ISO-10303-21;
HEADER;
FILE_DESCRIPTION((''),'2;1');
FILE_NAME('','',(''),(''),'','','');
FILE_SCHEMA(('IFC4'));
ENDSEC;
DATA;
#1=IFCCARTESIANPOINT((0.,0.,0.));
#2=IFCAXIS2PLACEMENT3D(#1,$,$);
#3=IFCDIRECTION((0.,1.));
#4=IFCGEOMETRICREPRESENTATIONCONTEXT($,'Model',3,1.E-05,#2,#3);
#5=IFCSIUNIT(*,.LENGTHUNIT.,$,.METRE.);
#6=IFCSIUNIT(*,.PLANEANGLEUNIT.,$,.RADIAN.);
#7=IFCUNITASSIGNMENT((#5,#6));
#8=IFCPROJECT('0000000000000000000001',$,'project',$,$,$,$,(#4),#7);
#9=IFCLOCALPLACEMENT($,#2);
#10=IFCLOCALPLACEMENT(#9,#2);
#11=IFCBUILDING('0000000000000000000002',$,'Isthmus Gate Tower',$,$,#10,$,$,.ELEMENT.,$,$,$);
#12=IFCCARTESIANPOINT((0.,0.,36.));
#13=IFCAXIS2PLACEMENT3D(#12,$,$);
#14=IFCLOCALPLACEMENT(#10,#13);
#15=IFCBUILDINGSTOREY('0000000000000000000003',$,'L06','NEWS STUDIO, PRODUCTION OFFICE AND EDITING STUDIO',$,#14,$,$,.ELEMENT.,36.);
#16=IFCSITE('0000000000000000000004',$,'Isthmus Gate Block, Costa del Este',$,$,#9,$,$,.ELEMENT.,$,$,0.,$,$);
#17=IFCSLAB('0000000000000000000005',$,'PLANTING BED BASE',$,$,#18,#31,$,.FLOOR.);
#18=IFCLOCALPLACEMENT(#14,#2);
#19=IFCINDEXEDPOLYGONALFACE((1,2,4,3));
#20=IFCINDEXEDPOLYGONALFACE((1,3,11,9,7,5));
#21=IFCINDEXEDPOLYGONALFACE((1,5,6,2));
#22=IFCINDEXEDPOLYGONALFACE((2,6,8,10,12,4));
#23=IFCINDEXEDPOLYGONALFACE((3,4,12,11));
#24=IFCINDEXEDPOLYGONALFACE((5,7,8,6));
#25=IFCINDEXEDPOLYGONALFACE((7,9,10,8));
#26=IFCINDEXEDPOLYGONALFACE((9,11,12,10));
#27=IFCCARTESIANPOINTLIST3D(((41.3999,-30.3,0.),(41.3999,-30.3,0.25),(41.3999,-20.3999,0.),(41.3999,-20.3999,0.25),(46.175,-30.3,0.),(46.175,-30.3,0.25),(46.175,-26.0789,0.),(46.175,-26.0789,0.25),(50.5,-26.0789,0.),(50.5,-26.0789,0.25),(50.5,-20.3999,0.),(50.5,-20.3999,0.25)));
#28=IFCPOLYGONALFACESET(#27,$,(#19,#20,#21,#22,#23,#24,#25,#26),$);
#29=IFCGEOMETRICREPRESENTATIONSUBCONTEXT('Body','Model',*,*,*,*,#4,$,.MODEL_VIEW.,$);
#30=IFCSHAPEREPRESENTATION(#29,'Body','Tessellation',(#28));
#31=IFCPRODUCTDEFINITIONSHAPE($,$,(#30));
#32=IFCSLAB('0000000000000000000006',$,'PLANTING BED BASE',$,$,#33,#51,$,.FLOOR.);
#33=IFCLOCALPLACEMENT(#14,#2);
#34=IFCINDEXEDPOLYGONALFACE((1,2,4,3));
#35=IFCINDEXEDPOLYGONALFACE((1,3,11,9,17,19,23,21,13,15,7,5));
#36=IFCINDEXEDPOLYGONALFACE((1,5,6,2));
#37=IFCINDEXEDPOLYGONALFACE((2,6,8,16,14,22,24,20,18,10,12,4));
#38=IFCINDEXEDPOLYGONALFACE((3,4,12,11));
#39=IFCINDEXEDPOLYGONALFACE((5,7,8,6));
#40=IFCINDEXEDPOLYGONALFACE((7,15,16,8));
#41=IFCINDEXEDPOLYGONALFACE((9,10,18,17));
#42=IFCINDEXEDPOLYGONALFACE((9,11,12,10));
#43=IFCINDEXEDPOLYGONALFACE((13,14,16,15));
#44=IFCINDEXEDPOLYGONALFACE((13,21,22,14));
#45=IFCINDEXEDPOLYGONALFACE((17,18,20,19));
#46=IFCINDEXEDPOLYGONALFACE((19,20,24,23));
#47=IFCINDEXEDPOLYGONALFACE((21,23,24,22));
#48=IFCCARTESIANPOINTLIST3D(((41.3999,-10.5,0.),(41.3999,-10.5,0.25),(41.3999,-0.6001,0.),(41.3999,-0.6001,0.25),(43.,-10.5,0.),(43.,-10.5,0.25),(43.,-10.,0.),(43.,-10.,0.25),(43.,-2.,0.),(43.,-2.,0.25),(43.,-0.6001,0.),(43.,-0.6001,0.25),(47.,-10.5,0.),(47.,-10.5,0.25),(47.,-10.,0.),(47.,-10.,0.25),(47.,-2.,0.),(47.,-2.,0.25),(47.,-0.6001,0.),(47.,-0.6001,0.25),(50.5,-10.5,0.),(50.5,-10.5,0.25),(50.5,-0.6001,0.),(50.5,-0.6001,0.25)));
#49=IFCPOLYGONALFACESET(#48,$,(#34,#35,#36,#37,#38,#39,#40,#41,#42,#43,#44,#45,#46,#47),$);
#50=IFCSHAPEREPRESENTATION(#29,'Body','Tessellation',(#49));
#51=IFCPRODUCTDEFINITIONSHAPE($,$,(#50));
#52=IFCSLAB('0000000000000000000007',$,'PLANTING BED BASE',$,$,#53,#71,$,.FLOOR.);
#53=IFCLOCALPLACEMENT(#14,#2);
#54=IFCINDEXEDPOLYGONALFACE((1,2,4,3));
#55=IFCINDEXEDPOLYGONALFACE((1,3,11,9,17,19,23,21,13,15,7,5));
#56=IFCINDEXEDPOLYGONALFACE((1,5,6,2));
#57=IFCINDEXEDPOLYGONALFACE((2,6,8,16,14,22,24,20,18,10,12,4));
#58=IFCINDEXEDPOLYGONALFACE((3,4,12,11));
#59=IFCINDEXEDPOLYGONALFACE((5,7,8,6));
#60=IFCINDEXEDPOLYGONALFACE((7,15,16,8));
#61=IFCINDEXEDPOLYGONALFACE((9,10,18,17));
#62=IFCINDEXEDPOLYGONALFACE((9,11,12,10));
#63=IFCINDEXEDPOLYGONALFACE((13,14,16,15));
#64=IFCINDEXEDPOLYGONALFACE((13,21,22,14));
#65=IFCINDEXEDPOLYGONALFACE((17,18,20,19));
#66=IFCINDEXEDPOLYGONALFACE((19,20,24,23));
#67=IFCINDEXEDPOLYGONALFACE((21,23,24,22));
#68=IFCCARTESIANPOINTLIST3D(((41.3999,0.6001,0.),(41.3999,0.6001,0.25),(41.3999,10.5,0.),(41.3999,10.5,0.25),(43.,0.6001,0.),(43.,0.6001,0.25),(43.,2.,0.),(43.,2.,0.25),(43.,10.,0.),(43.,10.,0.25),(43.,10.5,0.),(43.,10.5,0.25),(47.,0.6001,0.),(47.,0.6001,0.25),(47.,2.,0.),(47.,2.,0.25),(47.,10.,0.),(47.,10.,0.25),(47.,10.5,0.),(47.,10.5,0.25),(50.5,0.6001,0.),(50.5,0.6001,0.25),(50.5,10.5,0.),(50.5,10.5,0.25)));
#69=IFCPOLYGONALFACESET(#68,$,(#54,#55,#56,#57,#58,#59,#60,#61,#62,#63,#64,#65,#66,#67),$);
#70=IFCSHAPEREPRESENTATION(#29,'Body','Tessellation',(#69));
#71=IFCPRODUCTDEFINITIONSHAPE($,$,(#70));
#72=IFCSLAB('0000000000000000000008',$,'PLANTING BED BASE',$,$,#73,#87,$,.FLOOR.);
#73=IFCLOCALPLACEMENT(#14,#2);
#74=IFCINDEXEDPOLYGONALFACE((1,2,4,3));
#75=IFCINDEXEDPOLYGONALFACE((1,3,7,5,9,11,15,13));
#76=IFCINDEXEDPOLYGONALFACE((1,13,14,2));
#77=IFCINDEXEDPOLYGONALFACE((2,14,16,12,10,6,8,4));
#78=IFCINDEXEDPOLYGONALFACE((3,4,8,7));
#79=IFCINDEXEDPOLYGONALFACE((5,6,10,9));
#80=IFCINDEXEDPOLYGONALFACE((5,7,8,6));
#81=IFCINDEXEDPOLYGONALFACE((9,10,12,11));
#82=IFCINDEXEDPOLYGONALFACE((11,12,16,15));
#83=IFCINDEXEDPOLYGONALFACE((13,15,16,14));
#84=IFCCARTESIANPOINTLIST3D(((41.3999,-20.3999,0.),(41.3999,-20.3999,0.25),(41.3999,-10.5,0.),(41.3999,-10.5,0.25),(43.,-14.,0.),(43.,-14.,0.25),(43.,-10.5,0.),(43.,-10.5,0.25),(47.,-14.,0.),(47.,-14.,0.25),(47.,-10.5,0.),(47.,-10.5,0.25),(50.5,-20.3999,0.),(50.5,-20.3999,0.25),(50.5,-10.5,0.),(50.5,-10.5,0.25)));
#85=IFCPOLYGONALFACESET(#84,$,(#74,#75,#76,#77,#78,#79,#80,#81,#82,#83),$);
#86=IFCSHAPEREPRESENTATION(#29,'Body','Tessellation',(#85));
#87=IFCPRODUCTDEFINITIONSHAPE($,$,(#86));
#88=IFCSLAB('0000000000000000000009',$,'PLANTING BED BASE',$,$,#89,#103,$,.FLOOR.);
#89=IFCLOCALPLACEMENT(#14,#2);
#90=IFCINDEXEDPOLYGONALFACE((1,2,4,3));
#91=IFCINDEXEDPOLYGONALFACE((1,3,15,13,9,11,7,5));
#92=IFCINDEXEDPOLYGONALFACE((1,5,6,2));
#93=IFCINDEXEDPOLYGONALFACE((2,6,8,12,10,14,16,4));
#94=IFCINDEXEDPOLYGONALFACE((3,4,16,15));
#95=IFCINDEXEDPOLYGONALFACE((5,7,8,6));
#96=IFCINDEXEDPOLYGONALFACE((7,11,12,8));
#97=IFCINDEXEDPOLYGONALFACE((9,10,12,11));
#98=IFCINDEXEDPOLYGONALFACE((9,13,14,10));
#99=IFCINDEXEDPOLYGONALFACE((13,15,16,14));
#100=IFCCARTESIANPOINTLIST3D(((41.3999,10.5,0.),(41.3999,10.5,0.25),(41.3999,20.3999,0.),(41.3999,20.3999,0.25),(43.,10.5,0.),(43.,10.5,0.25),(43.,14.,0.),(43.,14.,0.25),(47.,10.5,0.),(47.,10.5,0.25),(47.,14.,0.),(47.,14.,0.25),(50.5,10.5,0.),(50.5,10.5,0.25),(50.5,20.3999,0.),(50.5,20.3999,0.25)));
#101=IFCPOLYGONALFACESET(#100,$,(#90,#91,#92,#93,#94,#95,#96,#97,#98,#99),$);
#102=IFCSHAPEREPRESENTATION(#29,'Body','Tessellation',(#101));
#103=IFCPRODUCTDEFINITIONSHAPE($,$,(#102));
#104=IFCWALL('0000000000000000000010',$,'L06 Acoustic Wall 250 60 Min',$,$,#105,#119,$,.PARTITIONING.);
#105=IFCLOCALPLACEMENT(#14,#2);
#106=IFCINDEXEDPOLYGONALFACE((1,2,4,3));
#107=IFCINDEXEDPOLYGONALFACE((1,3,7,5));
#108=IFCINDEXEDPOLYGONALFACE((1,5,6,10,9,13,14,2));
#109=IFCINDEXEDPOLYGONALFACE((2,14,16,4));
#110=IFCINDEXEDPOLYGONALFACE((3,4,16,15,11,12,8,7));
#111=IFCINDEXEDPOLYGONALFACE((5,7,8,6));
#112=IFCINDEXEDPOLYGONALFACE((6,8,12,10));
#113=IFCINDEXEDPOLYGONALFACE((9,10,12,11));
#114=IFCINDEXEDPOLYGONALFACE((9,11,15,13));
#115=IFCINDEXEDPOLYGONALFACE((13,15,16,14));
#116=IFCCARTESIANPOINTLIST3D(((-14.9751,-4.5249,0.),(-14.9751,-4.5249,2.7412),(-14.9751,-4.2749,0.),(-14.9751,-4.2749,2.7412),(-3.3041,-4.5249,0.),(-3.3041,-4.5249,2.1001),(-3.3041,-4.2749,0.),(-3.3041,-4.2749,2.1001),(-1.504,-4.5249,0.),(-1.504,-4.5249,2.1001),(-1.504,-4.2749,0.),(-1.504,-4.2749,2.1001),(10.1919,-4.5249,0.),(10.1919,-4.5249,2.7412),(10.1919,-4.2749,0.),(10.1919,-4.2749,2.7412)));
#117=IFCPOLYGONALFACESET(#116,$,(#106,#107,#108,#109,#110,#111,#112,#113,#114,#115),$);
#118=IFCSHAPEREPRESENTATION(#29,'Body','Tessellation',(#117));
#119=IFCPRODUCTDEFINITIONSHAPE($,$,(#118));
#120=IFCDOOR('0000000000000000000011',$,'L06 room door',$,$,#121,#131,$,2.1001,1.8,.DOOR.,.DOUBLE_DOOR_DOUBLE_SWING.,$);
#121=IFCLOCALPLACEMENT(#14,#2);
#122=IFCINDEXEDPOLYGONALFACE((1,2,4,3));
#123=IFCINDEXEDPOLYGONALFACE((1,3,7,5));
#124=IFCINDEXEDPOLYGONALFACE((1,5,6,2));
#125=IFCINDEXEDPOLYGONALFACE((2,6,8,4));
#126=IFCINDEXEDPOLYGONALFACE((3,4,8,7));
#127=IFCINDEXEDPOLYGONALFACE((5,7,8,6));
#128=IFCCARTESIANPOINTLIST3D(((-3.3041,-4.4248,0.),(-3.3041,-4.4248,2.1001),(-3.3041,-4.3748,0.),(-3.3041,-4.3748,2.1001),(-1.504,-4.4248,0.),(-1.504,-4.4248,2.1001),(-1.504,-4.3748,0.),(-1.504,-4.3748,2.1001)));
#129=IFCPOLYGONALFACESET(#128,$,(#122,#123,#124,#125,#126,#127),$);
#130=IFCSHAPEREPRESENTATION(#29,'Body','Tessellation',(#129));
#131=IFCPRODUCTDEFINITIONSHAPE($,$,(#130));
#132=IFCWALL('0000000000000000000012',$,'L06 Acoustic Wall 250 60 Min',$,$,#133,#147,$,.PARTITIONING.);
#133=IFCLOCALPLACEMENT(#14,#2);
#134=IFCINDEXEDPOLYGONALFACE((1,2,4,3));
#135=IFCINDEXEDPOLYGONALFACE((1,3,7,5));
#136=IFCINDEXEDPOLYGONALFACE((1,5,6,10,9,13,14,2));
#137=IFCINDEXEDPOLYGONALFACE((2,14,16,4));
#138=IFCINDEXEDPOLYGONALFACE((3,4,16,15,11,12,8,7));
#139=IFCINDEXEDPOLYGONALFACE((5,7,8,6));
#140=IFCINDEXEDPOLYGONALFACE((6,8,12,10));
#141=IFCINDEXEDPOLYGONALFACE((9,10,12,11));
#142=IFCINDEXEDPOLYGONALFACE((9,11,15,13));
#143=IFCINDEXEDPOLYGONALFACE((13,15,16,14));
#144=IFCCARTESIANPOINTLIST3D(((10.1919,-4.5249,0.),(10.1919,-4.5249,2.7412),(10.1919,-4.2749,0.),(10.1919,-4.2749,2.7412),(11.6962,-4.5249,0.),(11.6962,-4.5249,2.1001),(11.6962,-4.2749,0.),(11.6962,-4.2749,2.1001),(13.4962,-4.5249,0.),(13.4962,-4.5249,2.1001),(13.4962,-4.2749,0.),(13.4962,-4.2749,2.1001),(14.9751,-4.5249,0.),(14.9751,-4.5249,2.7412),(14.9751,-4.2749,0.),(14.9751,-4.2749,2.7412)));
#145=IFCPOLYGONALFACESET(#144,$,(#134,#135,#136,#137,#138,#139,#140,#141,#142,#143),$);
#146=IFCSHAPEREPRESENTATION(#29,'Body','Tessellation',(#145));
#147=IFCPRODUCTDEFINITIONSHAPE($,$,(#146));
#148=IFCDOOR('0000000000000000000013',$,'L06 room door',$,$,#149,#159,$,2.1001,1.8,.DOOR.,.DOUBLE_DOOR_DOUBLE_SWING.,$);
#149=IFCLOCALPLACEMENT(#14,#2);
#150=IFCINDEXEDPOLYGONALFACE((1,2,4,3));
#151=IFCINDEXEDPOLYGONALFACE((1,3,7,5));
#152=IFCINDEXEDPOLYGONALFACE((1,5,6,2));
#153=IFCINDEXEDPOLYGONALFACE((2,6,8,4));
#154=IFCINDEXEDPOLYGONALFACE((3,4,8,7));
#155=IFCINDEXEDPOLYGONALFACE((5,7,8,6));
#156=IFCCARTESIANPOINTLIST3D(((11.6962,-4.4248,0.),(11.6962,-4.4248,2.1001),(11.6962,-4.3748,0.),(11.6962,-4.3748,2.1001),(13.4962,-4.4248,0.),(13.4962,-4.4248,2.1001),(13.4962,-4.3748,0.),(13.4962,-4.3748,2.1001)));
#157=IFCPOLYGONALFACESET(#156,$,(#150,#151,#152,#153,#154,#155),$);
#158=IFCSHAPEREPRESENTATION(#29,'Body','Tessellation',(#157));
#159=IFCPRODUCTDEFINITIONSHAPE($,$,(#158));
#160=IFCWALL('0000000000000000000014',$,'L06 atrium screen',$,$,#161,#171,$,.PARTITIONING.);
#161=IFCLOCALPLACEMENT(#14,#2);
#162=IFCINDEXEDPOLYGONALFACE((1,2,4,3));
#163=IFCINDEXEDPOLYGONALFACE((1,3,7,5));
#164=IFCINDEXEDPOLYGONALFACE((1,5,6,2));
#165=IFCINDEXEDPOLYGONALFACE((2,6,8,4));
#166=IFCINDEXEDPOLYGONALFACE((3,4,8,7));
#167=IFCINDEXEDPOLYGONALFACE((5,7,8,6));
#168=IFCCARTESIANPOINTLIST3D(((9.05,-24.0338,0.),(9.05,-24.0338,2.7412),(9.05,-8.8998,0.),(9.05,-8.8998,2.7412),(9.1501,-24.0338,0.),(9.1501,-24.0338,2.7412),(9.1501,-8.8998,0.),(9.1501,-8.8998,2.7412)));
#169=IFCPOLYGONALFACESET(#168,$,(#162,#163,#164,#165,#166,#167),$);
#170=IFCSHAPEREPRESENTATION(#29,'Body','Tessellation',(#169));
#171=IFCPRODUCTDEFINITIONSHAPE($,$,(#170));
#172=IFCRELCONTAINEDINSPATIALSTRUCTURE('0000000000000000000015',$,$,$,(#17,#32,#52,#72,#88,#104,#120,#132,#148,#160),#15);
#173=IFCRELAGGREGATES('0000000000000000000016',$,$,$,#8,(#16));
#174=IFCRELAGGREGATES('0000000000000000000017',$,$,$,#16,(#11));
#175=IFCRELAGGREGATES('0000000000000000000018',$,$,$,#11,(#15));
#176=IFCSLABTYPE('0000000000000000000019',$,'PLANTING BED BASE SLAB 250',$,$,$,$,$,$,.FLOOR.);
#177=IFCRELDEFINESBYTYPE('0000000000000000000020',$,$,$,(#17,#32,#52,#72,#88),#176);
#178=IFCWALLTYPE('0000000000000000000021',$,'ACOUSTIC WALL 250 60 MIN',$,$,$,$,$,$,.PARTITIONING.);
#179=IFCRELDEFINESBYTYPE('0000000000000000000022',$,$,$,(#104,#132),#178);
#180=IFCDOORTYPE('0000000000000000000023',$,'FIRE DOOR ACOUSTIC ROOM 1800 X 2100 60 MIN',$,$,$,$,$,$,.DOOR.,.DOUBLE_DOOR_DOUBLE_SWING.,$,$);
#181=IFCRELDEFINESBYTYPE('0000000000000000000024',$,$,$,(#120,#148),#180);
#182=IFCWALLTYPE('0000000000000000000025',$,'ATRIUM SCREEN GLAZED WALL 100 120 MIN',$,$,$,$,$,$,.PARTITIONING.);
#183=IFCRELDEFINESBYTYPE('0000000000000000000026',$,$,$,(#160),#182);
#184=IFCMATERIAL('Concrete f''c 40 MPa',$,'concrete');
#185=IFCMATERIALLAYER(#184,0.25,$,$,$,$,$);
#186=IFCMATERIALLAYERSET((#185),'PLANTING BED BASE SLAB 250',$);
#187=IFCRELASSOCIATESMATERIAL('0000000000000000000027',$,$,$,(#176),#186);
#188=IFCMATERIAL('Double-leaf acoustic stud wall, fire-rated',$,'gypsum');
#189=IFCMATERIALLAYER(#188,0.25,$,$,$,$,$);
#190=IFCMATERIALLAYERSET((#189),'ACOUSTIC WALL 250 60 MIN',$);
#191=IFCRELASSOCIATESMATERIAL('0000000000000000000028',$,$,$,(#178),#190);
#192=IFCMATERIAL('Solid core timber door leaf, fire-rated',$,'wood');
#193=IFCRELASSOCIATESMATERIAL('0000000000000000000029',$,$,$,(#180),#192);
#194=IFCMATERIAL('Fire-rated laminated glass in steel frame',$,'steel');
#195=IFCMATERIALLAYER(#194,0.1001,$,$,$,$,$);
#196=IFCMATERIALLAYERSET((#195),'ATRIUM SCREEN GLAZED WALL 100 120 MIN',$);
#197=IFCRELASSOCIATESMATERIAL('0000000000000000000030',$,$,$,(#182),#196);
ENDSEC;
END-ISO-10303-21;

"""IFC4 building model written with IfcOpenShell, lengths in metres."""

from ifc_helpers import new_model, si_unit, direction, frame, frame_2d, origin, place, context, subcontext, project, spatial, polyline, rectangle, outline, extrude, material, layer, layer_set, type_object, element, fill, save


model = new_model("IFC4")

# Units and contexts
model_context = context("Model", 3, precision=1e-05, world=origin(), true_north=direction((0.0, 1.0)))
body_context = subcontext(model_context, "Body", "Model", "MODEL_VIEW")
ifc_project = project(units=[si_unit("LENGTHUNIT", "METRE"), si_unit("PLANEANGLEUNIT", "RADIAN")], contexts=[model_context])

# Site, building, storey
site_placement = place(None, origin())
site = spatial("IfcSite", under=ifc_project, at=site_placement, Name="Isthmus Gate Block, Costa del Este", CompositionType="ELEMENT", RefElevation=0.0)
building_placement = place(site_placement, origin())
building = spatial("IfcBuilding", under=site, at=building_placement, Name="Isthmus Gate Tower", CompositionType="ELEMENT")
storey_placement = place(building_placement, frame((0.0, 0.0, 36.0)))
storey = spatial("IfcBuildingStorey", under=building, at=storey_placement, Name="L06", Description="NEWS STUDIO, PRODUCTION OFFICE AND EDITING STUDIO", CompositionType="ELEMENT", Elevation=36.0)

# Slabs
ifc_material_1 = material(Name="Concrete f'c 40 MPa", Category="concrete")
ifc_layer_1 = layer(ifc_material_1, 0.25)
ifc_layer_set_1 = layer_set([ifc_layer_1], Name="PLANTING BED BASE SLAB 250")
slab_type_1 = type_object("IfcSlabType", Name="PLANTING BED BASE SLAB 250", PredefinedType="FLOOR", material=ifc_layer_set_1)
slab_1_placement = place(storey_placement, origin())
element("IfcSlab", 1, at=slab_1_placement, inside=storey, type_object=slab_type_1, Name="PLANTING BED BASE", PredefinedType="FLOOR", context=body_context, shape_type="SweptSolid", body=[
    extrude(outline(polyline([(41.3999, -30.3), (46.175, -30.3), (46.175, -26.0789), (50.5, -26.0789), (50.5, -20.3999), (41.3999, -20.3999), (41.3999, -30.3)])), origin(), (0.0, 0.0, 1.0), 0.25),
])
slab_2_placement = place(storey_placement, origin())
element("IfcSlab", 2, at=slab_2_placement, inside=storey, type_object=slab_type_1, Name="PLANTING BED BASE", PredefinedType="FLOOR", context=body_context, shape_type="SweptSolid", body=[
    extrude(outline(polyline([(50.5, -0.6001), (47.0, -0.6001), (47.0, -2.0), (43.0, -2.0), (43.0, -0.6001), (41.3999, -0.6001), (41.3999, -10.5), (43.0, -10.5), (43.0, -10.0), (47.0, -10.0), (47.0, -10.5), (50.5, -10.5), (50.5, -0.6001)])), origin(), (0.0, 0.0, 1.0), 0.25),
])
slab_3_placement = place(storey_placement, origin())
element("IfcSlab", 3, at=slab_3_placement, inside=storey, type_object=slab_type_1, Name="PLANTING BED BASE", PredefinedType="FLOOR", context=body_context, shape_type="SweptSolid", body=[
    extrude(outline(polyline([(50.5, 10.5), (47.0, 10.5), (47.0, 10.0), (43.0, 10.0), (43.0, 10.5), (41.3999, 10.5), (41.3999, 0.6001), (43.0, 0.6001), (43.0, 2.0), (47.0, 2.0), (47.0, 0.6001), (50.5, 0.6001), (50.5, 10.5)])), origin(), (0.0, 0.0, 1.0), 0.25),
])
slab_4_placement = place(storey_placement, origin())
element("IfcSlab", 4, at=slab_4_placement, inside=storey, type_object=slab_type_1, Name="PLANTING BED BASE", PredefinedType="FLOOR", context=body_context, shape_type="SweptSolid", body=[
    extrude(outline(polyline([(50.5, -10.5), (47.0, -10.5), (47.0, -14.0), (43.0, -14.0), (43.0, -10.5), (41.3999, -10.5), (41.3999, -20.3999), (50.5, -20.3999), (50.5, -10.5)])), origin(), (0.0, 0.0, 1.0), 0.25),
])
slab_5_placement = place(storey_placement, origin())
element("IfcSlab", 5, at=slab_5_placement, inside=storey, type_object=slab_type_1, Name="PLANTING BED BASE", PredefinedType="FLOOR", context=body_context, shape_type="SweptSolid", body=[
    extrude(outline(polyline([(41.3999, 10.5), (43.0, 10.5), (43.0, 14.0), (47.0, 14.0), (47.0, 10.5), (50.5, 10.5), (50.5, 20.3999), (41.3999, 20.3999), (41.3999, 10.5)])), origin(), (0.0, 0.0, 1.0), 0.25),
])

# Walls, openings, doors
ifc_material_2 = material(Name="Double-leaf acoustic stud wall, fire-rated", Category="gypsum")
ifc_layer_2 = layer(ifc_material_2, 0.25)
ifc_layer_set_2 = layer_set([ifc_layer_2], Name="ACOUSTIC WALL 250 60 MIN")
wall_type_1 = type_object("IfcWallType", Name="ACOUSTIC WALL 250 60 MIN", PredefinedType="PARTITIONING", material=ifc_layer_set_2)
wall_1_placement = place(storey_placement, frame((10.1919, -4.3999, 0.0), z_axis=(0.0, 0.0, 1.0), x_axis=(-1.0, 0.0, 0.0)))
wall_1 = element("IfcWall", 6, at=wall_1_placement, inside=storey, type_object=wall_type_1, Name="L06 Acoustic Wall 250 60 Min", PredefinedType="PARTITIONING", context=body_context, shape_type="SweptSolid", body=[
    extrude(rectangle(XDim=25.167, YDim=0.25, at=frame_2d((12.5835, 0.0))), origin(), (0.0, 0.0, 1.0), 2.7412),
])
opening_1_placement = place(wall_1_placement, frame((11.696, 0.0, 0.0)))
opening_1 = element("IfcOpeningElement", 7, at=opening_1_placement, cuts=wall_1, PredefinedType="OPENING", context=body_context, shape_type="SweptSolid", body=[
    extrude(rectangle(XDim=1.8, YDim=2.1001, at=frame_2d((0.8999, 1.05))), frame((0.0, 0.135, 0.0), z_axis=(0.0, -1.0, 0.0), x_axis=(1.0, 0.0, 0.0)), (0.0, 0.0, 1.0), 0.27),
])
ifc_material_3 = material(Name="Solid core timber door leaf, fire-rated", Category="wood")
door_type = type_object("IfcDoorType", Name="FIRE DOOR ACOUSTIC ROOM 1800 X 2100 60 MIN", OperationType="DOUBLE_DOOR_DOUBLE_SWING", PredefinedType="DOOR", material=ifc_material_3)
door_1_placement = place(opening_1_placement, origin())
door_1 = element("IfcDoor", 8, at=door_1_placement, inside=storey, type_object=door_type, Name="L06 room door", OperationType="DOUBLE_DOOR_DOUBLE_SWING", OverallHeight=2.1001, OverallWidth=1.8, PredefinedType="DOOR", context=body_context, shape_type="SweptSolid", body=[
    extrude(rectangle(XDim=1.8, YDim=2.1001, at=frame_2d((0.8999, 1.05))), frame((0.0, 0.0249, 0.0), z_axis=(0.0, -1.0, 0.0), x_axis=(1.0, 0.0, 0.0)), (0.0, 0.0, 1.0), 0.05),
])
fill(opening_1, door_1)
wall_2_placement = place(storey_placement, frame((14.9751, -4.3999, 0.0), z_axis=(0.0, 0.0, 1.0), x_axis=(-1.0, 0.0, 0.0)))
wall_2 = element("IfcWall", 9, at=wall_2_placement, inside=storey, type_object=wall_type_1, Name="L06 Acoustic Wall 250 60 Min", PredefinedType="PARTITIONING", context=body_context, shape_type="SweptSolid", body=[
    extrude(rectangle(XDim=4.7832, YDim=0.25, at=frame_2d((2.3916, 0.0))), origin(), (0.0, 0.0, 1.0), 2.7412),
])
opening_2_placement = place(wall_2_placement, frame((1.479, 0.0, 0.0)))
opening_2 = element("IfcOpeningElement", 10, at=opening_2_placement, cuts=wall_2, PredefinedType="OPENING", context=body_context, shape_type="SweptSolid", body=[
    extrude(rectangle(XDim=1.8, YDim=2.1001, at=frame_2d((0.8999, 1.05))), frame((0.0, 0.135, 0.0), z_axis=(0.0, -1.0, 0.0), x_axis=(1.0, 0.0, 0.0)), (0.0, 0.0, 1.0), 0.27),
])
door_2_placement = place(opening_2_placement, origin())
door_2 = element("IfcDoor", 11, at=door_2_placement, inside=storey, type_object=door_type, Name="L06 room door", OperationType="DOUBLE_DOOR_DOUBLE_SWING", OverallHeight=2.1001, OverallWidth=1.8, PredefinedType="DOOR", context=body_context, shape_type="SweptSolid", body=[
    extrude(rectangle(XDim=1.8, YDim=2.1001, at=frame_2d((0.8999, 1.05))), frame((0.0, 0.0249, 0.0), z_axis=(0.0, -1.0, 0.0), x_axis=(1.0, 0.0, 0.0)), (0.0, 0.0, 1.0), 0.05),
])
fill(opening_2, door_2)

# Wall
ifc_material_4 = material(Name="Fire-rated laminated glass in steel frame", Category="steel")
ifc_layer_3 = layer(ifc_material_4, 0.1001)
ifc_layer_set_3 = layer_set([ifc_layer_3], Name="ATRIUM SCREEN GLAZED WALL 100 120 MIN")
wall_type_2 = type_object("IfcWallType", Name="ATRIUM SCREEN GLAZED WALL 100 120 MIN", PredefinedType="PARTITIONING", material=ifc_layer_set_3)
wall_3_placement = place(storey_placement, frame((9.1001, -8.8999, 0.0), z_axis=(0.0, 0.0, 1.0), x_axis=(0.0, -1.0, 0.0)))
element("IfcWall", 12, at=wall_3_placement, inside=storey, type_object=wall_type_2, Name="L06 atrium screen", PredefinedType="PARTITIONING", context=body_context, shape_type="SweptSolid", body=[
    extrude(rectangle(XDim=15.134, YDim=0.1001, at=frame_2d((7.5669, 0.0))), origin(), (0.0, 0.0, 1.0), 2.7412),
])

save(model, "model.ifc")
